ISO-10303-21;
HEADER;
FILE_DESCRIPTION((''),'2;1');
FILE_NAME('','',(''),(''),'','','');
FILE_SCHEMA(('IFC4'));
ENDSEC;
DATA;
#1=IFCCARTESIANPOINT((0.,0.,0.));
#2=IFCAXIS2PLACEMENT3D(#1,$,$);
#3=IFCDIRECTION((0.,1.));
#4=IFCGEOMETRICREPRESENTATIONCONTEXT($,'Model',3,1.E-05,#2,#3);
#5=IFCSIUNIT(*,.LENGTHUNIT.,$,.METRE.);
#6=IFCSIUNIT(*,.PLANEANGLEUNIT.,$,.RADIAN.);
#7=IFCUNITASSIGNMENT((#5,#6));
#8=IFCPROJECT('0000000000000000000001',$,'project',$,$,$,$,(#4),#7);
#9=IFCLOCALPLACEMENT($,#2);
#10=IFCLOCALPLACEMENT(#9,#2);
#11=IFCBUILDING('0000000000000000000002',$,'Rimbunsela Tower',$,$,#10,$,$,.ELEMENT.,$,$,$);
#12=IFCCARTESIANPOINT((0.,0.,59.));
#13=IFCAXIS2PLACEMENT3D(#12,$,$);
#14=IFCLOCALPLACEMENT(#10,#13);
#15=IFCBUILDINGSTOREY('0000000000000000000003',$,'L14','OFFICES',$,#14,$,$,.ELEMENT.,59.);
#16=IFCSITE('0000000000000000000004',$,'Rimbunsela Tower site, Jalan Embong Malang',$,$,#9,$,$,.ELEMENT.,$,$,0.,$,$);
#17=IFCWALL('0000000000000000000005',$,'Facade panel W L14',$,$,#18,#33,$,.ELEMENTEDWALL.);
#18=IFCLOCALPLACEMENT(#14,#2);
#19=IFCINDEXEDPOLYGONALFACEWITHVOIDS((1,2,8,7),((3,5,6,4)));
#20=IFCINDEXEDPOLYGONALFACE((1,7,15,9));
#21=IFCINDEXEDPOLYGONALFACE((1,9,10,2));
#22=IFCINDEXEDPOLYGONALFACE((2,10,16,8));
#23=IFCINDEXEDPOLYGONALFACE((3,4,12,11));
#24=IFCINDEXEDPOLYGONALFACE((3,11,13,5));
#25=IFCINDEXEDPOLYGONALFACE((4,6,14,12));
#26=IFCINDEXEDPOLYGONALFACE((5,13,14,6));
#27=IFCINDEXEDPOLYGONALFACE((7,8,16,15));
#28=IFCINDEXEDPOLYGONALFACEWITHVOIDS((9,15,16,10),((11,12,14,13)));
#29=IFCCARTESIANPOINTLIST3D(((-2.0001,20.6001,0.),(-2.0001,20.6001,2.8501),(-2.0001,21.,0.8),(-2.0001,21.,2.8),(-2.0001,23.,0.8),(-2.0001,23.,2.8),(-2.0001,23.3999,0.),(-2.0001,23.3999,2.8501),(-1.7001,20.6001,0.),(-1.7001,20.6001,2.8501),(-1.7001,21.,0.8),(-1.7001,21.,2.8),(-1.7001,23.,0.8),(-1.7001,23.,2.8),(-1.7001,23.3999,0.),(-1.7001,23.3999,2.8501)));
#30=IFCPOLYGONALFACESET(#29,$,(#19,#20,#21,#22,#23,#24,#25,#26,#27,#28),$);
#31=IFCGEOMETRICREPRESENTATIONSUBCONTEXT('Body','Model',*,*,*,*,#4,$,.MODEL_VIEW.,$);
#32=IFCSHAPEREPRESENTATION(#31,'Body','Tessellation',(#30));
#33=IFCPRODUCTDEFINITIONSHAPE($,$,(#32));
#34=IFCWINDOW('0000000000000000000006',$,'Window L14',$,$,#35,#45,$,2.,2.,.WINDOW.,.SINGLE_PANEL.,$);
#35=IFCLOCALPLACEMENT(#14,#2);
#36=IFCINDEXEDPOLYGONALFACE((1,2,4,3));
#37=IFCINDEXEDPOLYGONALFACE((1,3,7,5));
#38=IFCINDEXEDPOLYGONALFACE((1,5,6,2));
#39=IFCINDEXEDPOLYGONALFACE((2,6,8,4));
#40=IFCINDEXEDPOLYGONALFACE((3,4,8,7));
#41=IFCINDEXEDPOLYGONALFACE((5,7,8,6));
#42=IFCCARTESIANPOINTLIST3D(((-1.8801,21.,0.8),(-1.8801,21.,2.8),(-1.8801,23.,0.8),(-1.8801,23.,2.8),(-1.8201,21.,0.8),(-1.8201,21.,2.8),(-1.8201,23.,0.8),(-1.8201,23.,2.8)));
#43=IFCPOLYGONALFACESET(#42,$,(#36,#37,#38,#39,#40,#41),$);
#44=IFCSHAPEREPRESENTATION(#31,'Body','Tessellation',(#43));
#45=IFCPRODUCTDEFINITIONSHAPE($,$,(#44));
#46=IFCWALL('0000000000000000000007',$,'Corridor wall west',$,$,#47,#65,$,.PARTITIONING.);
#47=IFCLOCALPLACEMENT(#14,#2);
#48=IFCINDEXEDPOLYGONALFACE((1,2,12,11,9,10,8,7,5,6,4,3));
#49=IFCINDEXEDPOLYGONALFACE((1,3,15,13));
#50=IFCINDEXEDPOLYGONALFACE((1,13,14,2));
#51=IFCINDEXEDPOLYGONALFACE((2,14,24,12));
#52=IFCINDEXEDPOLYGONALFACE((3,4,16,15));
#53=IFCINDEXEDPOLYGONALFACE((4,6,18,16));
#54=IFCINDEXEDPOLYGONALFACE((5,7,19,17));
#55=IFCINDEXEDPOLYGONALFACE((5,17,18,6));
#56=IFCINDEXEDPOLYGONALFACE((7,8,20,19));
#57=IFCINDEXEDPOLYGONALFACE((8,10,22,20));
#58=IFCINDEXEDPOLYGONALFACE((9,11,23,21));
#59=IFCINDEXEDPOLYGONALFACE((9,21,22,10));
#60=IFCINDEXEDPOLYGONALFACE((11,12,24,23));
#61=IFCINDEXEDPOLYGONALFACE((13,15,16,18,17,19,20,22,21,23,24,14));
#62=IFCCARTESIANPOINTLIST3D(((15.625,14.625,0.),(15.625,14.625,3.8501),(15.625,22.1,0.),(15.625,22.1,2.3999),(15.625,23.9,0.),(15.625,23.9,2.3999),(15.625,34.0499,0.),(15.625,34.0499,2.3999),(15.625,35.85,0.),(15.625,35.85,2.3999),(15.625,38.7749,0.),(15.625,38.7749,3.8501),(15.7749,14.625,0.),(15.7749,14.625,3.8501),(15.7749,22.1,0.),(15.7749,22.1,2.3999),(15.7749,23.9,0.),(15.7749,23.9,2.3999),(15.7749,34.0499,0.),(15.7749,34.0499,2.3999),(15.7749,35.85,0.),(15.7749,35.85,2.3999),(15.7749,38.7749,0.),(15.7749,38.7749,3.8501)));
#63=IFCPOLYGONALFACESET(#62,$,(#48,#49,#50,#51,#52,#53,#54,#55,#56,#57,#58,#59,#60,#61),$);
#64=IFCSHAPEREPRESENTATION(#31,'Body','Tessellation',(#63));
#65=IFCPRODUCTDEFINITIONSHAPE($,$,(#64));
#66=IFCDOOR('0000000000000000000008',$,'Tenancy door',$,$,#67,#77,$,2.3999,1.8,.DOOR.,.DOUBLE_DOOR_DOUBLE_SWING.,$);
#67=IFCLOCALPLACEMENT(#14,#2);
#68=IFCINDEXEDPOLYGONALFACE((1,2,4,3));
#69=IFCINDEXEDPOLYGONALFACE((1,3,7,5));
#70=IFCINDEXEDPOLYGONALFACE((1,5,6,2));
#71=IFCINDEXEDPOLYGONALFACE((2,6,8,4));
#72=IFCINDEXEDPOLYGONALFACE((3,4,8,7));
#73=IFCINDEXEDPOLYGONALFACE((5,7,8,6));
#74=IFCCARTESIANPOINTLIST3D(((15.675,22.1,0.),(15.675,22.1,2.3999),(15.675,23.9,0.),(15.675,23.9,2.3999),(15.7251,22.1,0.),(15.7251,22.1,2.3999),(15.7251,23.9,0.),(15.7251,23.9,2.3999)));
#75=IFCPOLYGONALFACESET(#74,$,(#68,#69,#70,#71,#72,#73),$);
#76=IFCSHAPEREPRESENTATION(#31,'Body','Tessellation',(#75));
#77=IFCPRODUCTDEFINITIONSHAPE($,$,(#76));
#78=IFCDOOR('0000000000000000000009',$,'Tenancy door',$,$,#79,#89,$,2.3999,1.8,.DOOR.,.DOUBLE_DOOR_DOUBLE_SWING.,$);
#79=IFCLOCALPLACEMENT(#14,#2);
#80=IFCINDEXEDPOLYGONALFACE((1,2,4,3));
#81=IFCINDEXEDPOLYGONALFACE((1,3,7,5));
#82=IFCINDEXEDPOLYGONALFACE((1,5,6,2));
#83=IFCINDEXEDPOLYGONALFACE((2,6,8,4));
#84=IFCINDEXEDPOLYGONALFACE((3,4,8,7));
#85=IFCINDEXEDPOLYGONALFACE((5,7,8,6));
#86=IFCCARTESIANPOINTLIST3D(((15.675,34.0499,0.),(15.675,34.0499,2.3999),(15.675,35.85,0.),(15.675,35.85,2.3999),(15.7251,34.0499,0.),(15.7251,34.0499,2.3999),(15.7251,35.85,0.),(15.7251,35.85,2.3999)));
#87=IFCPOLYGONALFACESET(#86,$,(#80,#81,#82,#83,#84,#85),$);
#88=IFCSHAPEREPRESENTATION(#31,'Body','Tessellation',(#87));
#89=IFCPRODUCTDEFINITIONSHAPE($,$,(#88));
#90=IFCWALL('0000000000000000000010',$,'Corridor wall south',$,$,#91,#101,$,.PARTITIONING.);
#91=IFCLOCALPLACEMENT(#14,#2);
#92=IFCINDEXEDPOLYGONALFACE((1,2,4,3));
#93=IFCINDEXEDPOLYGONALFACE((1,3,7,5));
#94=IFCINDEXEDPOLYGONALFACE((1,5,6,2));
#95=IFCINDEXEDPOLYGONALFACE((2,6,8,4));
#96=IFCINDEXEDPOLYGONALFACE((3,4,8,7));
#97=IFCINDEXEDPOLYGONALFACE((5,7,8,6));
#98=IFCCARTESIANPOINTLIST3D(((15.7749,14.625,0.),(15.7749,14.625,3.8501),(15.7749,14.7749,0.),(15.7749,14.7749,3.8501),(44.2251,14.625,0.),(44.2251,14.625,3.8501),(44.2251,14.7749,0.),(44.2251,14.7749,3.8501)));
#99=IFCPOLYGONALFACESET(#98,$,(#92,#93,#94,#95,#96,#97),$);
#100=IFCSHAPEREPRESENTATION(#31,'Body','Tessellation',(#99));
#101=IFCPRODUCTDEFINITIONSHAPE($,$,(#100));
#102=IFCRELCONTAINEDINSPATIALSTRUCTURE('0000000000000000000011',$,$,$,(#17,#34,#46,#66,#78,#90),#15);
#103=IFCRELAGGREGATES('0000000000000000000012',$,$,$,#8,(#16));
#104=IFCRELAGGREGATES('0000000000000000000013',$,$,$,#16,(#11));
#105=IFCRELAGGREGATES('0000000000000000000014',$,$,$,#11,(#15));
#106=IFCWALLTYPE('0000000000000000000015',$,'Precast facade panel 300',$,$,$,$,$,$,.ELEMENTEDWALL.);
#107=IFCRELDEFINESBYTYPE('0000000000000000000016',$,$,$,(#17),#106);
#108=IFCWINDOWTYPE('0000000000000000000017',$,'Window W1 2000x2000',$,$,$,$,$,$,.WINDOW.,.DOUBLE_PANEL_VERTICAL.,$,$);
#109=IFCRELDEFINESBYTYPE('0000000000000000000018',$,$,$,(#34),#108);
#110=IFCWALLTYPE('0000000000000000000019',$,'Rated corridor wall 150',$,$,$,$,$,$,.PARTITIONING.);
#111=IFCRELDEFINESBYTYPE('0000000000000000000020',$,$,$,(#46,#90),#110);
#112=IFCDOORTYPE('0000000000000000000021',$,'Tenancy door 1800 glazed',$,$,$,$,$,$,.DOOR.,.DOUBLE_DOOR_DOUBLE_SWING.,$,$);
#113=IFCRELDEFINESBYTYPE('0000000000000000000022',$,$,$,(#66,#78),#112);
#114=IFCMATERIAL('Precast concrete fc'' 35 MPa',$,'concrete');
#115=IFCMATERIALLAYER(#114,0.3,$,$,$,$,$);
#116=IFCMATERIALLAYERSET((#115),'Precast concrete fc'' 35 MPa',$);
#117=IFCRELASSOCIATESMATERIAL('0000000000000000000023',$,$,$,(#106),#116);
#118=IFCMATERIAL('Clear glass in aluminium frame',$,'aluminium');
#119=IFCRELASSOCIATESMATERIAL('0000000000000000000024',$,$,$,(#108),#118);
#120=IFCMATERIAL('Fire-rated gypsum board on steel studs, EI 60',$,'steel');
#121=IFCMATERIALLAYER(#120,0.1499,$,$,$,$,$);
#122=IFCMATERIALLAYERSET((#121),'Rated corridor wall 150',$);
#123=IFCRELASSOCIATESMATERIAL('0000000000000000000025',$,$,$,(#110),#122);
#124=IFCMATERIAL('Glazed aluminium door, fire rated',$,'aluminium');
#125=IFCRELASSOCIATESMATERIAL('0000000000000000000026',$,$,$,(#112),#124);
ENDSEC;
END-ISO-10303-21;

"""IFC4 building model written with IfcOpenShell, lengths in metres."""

from ifc_helpers import new_model, si_unit, direction, frame, frame_2d, origin, place, context, subcontext, project, spatial, rectangle, extrude, material, layer, layer_set, type_object, element, fill, save


model = new_model("IFC4")

# Units and contexts
model_context = context("Model", 3, precision=1e-05, world=origin(), true_north=direction((0.0, 1.0)))
body_context = subcontext(model_context, "Body", "Model", "MODEL_VIEW")
ifc_project = project(units=[si_unit("LENGTHUNIT", "METRE"), si_unit("PLANEANGLEUNIT", "RADIAN")], contexts=[model_context])

# Site, building, storey
site_placement = place(None, origin())
site = spatial("IfcSite", under=ifc_project, at=site_placement, Name="Rimbunsela Tower site, Jalan Embong Malang", CompositionType="ELEMENT", RefElevation=0.0)
building_placement = place(site_placement, origin())
building = spatial("IfcBuilding", under=site, at=building_placement, Name="Rimbunsela Tower", CompositionType="ELEMENT")
storey_placement = place(building_placement, frame((0.0, 0.0, 59.0)))
storey = spatial("IfcBuildingStorey", under=building, at=storey_placement, Name="L14", Description="OFFICES", CompositionType="ELEMENT", Elevation=59.0)

# Wall, opening, window
ifc_material_1 = material(Name="Precast concrete fc' 35 MPa", Category="concrete")
ifc_layer_1 = layer(ifc_material_1, 0.3)
ifc_layer_set_1 = layer_set([ifc_layer_1], Name="Precast concrete fc' 35 MPa")
wall_type_1 = type_object("IfcWallType", Name="Precast facade panel 300", PredefinedType="ELEMENTEDWALL", material=ifc_layer_set_1)
wall_1_placement = place(storey_placement, frame((-1.8501, 23.3999, 0.0), z_axis=(0.0, 0.0, 1.0), x_axis=(0.0, -1.0, 0.0)))
wall_1 = element("IfcWall", 1, at=wall_1_placement, inside=storey, type_object=wall_type_1, Name="Facade panel W L14", PredefinedType="ELEMENTEDWALL", context=body_context, shape_type="SweptSolid", body=[
    extrude(rectangle(XDim=2.7998, YDim=0.3, at=frame_2d((1.3999, 0.0))), origin(), (0.0, 0.0, 1.0), 2.8501),
])
opening_1_placement = place(wall_1_placement, frame((0.3999, 0.0, 0.8)))
opening_1 = element("IfcOpeningElement", 2, at=opening_1_placement, cuts=wall_1, PredefinedType="OPENING", context=body_context, shape_type="SweptSolid", body=[
    extrude(rectangle(XDim=2.0, YDim=2.0, at=frame_2d((1.0, 1.0))), frame((0.0, 0.1599, 0.0), z_axis=(0.0, -1.0, 0.0), x_axis=(1.0, 0.0, 0.0)), (0.0, 0.0, 1.0), 0.3201),
])
ifc_material_2 = material(Name="Clear glass in aluminium frame", Category="aluminium")
window_type = type_object("IfcWindowType", Name="Window W1 2000x2000", PartitioningType="DOUBLE_PANEL_VERTICAL", PredefinedType="WINDOW", material=ifc_material_2)
window_placement = place(opening_1_placement, origin())
window = element("IfcWindow", 3, at=window_placement, inside=storey, type_object=window_type, Name="Window L14", OverallHeight=2.0, OverallWidth=2.0, PartitioningType="SINGLE_PANEL", PredefinedType="WINDOW", context=body_context, shape_type="SweptSolid", body=[
    extrude(rectangle(XDim=2.0, YDim=2.0, at=frame_2d((1.0, 1.0))), frame((0.0, 0.03, 0.0), z_axis=(0.0, -1.0, 0.0), x_axis=(1.0, 0.0, 0.0)), (0.0, 0.0, 1.0), 0.0601),
])
fill(opening_1, window)

# Wall, openings, doors
ifc_material_3 = material(Name="Fire-rated gypsum board on steel studs, EI 60", Category="steel")
ifc_layer_2 = layer(ifc_material_3, 0.1499)
ifc_layer_set_2 = layer_set([ifc_layer_2], Name="Rated corridor wall 150")
wall_type_2 = type_object("IfcWallType", Name="Rated corridor wall 150", PredefinedType="PARTITIONING", material=ifc_layer_set_2)
wall_2_placement = place(storey_placement, frame((15.7, 14.625, 0.0), z_axis=(0.0, 0.0, 1.0), x_axis=(0.0, 1.0, 0.0)))
wall_2 = element("IfcWall", 4, at=wall_2_placement, inside=storey, type_object=wall_type_2, Name="Corridor wall west", PredefinedType="PARTITIONING", context=body_context, shape_type="SweptSolid", body=[
    extrude(rectangle(XDim=24.1499, YDim=0.1499, at=frame_2d((12.075, 0.0))), origin(), (0.0, 0.0, 1.0), 3.8501),
])
opening_2_placement = place(wall_2_placement, frame((7.4751, 0.0, 0.0)))
opening_2 = element("IfcOpeningElement", 5, at=opening_2_placement, cuts=wall_2, PredefinedType="OPENING", context=body_context, shape_type="SweptSolid", body=[
    extrude(rectangle(XDim=1.8, YDim=2.3999, at=frame_2d((0.8999, 1.2))), frame((0.0, 0.085, 0.0), z_axis=(0.0, -1.0, 0.0), x_axis=(1.0, 0.0, 0.0)), (0.0, 0.0, 1.0), 0.1699),
])
opening_3_placement = place(wall_2_placement, frame((19.425, 0.0, 0.0)))
opening_3 = element("IfcOpeningElement", 6, at=opening_3_placement, cuts=wall_2, PredefinedType="OPENING", context=body_context, shape_type="SweptSolid", body=[
    extrude(rectangle(XDim=1.8, YDim=2.3999, at=frame_2d((0.8999, 1.2))), frame((0.0, 0.085, 0.0), z_axis=(0.0, -1.0, 0.0), x_axis=(1.0, 0.0, 0.0)), (0.0, 0.0, 1.0), 0.1699),
])
ifc_material_4 = material(Name="Glazed aluminium door, fire rated", Category="aluminium")
door_type_1 = type_object("IfcDoorType", Name="Tenancy door 1800 glazed", OperationType="DOUBLE_DOOR_DOUBLE_SWING", PredefinedType="DOOR", material=ifc_material_4)
door_1_placement = place(opening_2_placement, origin())
door_1 = element("IfcDoor", 7, at=door_1_placement, inside=storey, type_object=door_type_1, Name="Tenancy door", OperationType="DOUBLE_DOOR_DOUBLE_SWING", OverallHeight=2.3999, OverallWidth=1.8, PredefinedType="DOOR", context=body_context, shape_type="SweptSolid", body=[
    extrude(rectangle(XDim=1.8, YDim=2.3999, at=frame_2d((0.8999, 1.2))), frame((0.0, 0.0249, 0.0), z_axis=(0.0, -1.0, 0.0), x_axis=(1.0, 0.0, 0.0)), (0.0, 0.0, 1.0), 0.05),
])
fill(opening_2, door_1)
door_2_placement = place(opening_3_placement, origin())
door_2 = element("IfcDoor", 8, at=door_2_placement, inside=storey, type_object=door_type_1, Name="Tenancy door", OperationType="DOUBLE_DOOR_DOUBLE_SWING", OverallHeight=2.3999, OverallWidth=1.8, PredefinedType="DOOR", context=body_context, shape_type="SweptSolid", body=[
    extrude(rectangle(XDim=1.8, YDim=2.3999, at=frame_2d((0.8999, 1.2))), frame((0.0, 0.0249, 0.0), z_axis=(0.0, -1.0, 0.0), x_axis=(1.0, 0.0, 0.0)), (0.0, 0.0, 1.0), 0.05),
])
fill(opening_3, door_2)

# Wall
wall_3_placement = place(storey_placement, frame((15.7749, 14.7, 0.0), z_axis=(0.0, 0.0, 1.0), x_axis=(1.0, 0.0, 0.0)))
element("IfcWall", 9, at=wall_3_placement, inside=storey, type_object=wall_type_2, Name="Corridor wall south", PredefinedType="PARTITIONING", context=body_context, shape_type="SweptSolid", body=[
    extrude(rectangle(XDim=28.4502, YDim=0.1499, at=frame_2d((14.2251, 0.0))), origin(), (0.0, 0.0, 1.0), 3.8501),
])

save(model, "model.ifc")
